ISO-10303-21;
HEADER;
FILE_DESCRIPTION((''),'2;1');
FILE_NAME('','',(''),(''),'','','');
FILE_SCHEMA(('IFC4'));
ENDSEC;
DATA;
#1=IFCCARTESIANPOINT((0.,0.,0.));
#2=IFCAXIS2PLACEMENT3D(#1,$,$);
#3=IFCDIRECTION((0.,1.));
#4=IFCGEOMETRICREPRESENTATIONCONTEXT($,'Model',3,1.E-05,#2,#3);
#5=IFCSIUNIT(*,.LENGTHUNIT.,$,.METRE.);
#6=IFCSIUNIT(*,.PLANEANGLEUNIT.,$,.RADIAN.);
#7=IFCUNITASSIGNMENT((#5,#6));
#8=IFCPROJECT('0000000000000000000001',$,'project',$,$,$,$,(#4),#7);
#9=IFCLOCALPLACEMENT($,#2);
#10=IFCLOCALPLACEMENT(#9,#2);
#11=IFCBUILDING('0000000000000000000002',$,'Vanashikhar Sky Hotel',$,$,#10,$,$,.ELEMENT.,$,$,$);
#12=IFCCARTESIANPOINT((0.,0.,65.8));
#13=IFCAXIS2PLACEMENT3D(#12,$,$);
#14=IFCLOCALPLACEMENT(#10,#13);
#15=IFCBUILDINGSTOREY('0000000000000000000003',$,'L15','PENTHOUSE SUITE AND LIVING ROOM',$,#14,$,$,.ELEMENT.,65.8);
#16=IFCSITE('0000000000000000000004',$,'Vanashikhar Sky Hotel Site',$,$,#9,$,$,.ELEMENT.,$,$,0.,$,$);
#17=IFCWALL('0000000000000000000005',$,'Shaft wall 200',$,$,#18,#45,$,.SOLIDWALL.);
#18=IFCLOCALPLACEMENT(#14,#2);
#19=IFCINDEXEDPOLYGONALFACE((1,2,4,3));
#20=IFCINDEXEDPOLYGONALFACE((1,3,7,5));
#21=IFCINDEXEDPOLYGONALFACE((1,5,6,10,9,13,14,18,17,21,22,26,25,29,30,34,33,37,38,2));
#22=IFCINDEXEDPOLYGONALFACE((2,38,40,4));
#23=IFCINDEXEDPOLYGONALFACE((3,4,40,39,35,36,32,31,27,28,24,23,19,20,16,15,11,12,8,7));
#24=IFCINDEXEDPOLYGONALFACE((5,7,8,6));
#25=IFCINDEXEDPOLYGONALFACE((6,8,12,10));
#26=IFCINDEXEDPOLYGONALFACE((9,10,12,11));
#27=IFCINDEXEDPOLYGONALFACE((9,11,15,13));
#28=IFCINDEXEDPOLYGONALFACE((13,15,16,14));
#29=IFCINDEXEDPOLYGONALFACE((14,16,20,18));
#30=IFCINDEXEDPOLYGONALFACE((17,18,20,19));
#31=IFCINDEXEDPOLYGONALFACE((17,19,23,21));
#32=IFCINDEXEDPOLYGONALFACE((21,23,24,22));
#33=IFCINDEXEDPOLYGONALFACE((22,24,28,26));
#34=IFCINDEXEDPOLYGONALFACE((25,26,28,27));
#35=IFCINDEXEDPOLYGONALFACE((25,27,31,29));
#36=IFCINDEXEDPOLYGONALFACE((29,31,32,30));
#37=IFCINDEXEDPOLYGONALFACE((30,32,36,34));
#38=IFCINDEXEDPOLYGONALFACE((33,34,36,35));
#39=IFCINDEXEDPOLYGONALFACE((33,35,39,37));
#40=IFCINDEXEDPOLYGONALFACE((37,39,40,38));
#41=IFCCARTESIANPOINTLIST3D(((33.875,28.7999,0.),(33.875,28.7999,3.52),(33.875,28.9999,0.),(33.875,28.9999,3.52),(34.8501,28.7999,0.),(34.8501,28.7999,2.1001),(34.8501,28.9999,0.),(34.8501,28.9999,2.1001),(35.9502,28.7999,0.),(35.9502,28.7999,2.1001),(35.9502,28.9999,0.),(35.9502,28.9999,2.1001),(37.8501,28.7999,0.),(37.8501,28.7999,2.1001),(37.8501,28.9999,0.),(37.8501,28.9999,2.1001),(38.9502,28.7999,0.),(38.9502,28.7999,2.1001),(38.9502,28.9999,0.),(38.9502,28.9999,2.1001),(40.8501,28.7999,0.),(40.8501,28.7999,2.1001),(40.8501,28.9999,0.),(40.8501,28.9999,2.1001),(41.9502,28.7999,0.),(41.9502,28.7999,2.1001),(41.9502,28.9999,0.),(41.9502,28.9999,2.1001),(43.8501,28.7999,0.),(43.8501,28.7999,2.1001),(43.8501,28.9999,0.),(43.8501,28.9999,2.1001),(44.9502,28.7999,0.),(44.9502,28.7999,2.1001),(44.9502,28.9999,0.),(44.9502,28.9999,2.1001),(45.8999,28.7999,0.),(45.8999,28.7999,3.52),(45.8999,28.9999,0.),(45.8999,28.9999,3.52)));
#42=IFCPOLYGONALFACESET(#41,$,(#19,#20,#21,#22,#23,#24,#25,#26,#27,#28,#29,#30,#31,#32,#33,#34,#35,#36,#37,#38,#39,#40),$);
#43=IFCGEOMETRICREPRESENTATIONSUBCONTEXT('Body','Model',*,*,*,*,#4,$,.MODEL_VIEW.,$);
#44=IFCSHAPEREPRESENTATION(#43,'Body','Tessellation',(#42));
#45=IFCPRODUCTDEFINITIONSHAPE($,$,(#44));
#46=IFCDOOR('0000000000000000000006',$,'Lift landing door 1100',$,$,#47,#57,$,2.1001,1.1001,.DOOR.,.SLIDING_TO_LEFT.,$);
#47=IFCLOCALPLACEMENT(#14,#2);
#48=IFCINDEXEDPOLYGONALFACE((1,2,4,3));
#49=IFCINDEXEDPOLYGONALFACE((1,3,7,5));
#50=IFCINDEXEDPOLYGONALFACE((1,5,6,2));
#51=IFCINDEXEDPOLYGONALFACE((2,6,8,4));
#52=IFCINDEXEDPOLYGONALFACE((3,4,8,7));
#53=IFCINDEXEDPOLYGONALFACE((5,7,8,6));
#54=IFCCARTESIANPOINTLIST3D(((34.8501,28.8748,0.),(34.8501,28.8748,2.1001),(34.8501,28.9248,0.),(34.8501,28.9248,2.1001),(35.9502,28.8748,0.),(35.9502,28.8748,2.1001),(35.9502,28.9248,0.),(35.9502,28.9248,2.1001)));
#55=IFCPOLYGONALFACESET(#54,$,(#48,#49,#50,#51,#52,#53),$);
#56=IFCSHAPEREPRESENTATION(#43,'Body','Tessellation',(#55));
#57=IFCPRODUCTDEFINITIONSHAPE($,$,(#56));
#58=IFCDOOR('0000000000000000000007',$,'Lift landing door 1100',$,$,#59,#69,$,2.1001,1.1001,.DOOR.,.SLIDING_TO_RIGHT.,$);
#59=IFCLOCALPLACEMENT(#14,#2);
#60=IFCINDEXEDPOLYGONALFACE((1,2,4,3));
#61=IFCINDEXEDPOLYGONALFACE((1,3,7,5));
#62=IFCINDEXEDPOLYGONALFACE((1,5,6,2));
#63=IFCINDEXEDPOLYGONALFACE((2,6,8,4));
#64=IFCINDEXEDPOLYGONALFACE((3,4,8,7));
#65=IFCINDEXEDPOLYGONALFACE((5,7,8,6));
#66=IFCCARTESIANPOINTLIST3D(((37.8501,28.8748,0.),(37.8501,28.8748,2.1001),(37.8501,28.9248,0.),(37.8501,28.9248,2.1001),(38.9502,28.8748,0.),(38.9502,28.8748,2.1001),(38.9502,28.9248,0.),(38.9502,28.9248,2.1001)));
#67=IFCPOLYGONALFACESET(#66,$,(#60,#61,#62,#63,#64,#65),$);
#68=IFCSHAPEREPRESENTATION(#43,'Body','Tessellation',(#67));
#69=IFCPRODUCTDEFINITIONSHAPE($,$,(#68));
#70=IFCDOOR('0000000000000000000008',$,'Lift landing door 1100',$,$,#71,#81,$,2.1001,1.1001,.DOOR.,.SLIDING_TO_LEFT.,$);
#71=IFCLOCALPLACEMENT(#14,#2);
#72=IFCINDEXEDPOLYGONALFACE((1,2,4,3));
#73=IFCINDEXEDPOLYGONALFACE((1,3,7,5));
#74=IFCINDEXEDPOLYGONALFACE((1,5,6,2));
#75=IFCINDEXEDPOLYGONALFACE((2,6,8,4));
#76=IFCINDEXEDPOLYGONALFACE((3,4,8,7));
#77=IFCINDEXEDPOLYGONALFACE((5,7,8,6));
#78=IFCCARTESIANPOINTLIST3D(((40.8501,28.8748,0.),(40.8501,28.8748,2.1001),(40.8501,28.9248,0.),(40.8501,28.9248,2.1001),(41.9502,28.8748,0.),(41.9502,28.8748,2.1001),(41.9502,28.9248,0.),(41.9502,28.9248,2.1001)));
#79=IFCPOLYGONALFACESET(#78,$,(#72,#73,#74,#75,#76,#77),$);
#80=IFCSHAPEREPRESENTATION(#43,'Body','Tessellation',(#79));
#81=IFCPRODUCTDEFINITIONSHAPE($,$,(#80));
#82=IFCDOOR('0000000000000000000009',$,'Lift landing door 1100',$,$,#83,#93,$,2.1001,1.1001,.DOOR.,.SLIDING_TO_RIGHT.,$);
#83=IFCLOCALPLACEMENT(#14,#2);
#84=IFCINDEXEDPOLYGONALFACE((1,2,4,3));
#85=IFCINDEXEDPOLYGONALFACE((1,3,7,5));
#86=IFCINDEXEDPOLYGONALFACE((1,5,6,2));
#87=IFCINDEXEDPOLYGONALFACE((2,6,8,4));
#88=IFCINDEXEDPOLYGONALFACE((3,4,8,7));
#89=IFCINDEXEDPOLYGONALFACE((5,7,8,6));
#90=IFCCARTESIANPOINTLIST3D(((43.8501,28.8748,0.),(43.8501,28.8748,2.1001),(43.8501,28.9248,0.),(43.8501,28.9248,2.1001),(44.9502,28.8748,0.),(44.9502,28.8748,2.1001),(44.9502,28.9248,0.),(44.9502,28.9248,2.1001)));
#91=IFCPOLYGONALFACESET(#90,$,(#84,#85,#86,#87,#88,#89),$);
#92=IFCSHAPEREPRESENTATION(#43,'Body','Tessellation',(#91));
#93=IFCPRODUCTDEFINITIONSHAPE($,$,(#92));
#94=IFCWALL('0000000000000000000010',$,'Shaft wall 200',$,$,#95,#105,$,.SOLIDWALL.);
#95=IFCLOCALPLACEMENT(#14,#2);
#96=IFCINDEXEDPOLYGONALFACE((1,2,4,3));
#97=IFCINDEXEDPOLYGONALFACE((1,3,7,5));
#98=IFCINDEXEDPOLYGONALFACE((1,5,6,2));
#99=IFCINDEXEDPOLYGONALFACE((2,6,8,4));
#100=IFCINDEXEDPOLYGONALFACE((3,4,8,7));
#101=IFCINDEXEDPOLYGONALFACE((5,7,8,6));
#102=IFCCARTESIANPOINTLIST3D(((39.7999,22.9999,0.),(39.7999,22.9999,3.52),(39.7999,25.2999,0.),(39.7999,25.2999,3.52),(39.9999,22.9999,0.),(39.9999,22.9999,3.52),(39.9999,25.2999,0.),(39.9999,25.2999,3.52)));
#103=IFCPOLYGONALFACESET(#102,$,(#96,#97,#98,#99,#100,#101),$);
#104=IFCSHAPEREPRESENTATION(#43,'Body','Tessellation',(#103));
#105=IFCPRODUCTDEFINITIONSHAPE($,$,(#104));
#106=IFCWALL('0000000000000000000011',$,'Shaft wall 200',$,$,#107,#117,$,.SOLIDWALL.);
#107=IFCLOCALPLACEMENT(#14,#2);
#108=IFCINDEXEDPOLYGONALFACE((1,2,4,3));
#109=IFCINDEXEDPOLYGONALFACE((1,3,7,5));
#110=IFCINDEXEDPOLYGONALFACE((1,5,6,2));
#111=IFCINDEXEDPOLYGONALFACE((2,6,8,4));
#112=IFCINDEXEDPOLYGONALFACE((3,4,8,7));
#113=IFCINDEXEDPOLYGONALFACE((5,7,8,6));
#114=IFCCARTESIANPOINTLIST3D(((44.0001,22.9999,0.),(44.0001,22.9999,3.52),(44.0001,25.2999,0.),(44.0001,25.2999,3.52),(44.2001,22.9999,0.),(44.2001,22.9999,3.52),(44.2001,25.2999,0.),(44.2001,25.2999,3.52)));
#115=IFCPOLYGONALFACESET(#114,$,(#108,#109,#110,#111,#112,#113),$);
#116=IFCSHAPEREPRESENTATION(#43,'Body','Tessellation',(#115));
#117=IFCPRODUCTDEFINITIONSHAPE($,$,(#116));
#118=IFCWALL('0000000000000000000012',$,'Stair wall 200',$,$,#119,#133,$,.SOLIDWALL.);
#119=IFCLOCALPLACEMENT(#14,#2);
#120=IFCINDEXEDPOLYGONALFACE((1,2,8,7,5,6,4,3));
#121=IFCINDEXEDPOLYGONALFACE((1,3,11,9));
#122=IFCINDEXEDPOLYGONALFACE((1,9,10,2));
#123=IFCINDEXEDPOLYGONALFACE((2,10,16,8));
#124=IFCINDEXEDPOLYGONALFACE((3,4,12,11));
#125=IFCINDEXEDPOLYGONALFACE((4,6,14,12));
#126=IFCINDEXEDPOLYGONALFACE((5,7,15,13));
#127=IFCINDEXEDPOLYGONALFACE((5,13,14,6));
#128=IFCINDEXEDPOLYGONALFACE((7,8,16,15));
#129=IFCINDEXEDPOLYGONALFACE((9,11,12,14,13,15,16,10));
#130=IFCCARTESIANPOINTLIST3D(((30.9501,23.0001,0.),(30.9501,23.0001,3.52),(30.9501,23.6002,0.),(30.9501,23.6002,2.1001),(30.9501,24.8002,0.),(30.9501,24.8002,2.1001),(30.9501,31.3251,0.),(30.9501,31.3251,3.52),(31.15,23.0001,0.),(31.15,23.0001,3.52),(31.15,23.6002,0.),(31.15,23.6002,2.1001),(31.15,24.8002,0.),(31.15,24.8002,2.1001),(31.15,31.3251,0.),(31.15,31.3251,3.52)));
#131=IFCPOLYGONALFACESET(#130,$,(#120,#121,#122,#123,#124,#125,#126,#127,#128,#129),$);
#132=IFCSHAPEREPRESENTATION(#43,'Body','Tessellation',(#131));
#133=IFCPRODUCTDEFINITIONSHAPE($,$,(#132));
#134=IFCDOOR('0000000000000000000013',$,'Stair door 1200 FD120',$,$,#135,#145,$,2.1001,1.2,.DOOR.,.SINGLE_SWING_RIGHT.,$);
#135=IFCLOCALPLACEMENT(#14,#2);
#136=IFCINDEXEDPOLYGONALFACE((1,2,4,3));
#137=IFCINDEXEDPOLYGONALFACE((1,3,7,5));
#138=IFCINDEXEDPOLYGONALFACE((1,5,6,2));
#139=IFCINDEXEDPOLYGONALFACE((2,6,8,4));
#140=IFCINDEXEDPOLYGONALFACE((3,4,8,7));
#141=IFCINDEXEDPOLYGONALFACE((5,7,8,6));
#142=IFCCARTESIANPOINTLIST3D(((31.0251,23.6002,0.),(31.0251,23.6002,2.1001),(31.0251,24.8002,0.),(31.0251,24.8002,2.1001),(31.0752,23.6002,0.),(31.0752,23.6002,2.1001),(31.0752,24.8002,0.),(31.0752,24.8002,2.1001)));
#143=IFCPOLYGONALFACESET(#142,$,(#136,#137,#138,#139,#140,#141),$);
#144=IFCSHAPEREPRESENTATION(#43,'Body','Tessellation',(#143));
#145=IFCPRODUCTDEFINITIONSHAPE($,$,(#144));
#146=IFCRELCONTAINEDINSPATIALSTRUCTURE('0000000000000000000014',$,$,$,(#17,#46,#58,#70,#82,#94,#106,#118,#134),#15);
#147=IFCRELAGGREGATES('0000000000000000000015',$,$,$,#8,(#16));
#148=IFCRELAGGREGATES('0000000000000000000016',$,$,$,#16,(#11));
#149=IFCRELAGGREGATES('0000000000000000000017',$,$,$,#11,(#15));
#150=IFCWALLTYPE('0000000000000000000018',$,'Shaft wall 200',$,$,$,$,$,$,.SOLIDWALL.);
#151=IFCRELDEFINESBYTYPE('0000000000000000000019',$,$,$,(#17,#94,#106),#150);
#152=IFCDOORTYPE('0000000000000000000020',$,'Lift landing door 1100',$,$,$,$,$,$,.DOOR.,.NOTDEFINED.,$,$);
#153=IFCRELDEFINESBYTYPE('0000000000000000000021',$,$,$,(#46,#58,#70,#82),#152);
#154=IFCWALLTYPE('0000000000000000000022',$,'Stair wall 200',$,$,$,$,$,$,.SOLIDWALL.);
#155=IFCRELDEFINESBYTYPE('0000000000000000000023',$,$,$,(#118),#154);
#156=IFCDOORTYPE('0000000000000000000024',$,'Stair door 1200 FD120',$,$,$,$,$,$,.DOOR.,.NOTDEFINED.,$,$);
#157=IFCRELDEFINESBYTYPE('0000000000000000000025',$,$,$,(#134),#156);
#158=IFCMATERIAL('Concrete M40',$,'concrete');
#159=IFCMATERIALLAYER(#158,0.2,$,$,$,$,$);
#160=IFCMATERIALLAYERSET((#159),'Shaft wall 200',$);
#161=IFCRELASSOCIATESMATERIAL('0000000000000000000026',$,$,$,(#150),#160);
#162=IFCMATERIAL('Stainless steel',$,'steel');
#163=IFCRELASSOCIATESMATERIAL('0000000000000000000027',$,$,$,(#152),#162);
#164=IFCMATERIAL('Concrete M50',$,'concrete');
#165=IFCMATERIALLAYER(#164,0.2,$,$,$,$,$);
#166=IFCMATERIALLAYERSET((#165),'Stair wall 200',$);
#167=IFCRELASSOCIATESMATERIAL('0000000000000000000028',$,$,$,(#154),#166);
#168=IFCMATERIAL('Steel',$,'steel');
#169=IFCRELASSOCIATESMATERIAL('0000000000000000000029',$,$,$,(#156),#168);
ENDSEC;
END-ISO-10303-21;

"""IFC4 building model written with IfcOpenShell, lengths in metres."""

from ifc_helpers import new_model, si_unit, direction, frame, frame_2d, origin, place, context, subcontext, project, spatial, rectangle, extrude, source, transform, mapped, material, layer, layer_set, type_object, element, fill, save


model = new_model("IFC4")

# Units and contexts
model_context = context("Model", 3, precision=1e-05, world=origin(), true_north=direction((0.0, 1.0)))
body_context = subcontext(model_context, "Body", "Model", "MODEL_VIEW")
ifc_project = project(units=[si_unit("LENGTHUNIT", "METRE"), si_unit("PLANEANGLEUNIT", "RADIAN")], contexts=[model_context])

# Site, building, storey
site_placement = place(None, origin())
site = spatial("IfcSite", under=ifc_project, at=site_placement, Name="Vanashikhar Sky Hotel Site", CompositionType="ELEMENT", RefElevation=0.0)
building_placement = place(site_placement, origin())
building = spatial("IfcBuilding", under=site, at=building_placement, Name="Vanashikhar Sky Hotel", CompositionType="ELEMENT")
storey_placement = place(building_placement, frame((0.0, 0.0, 65.8)))
storey = spatial("IfcBuildingStorey", under=building, at=storey_placement, Name="L15", Description="PENTHOUSE SUITE AND LIVING ROOM", CompositionType="ELEMENT", Elevation=65.8)

# Shared definitions
ifc_material_1 = material(Name="Steel", Category="steel")
shared_shape_1 = source(origin(), body_context, "Body", "SweptSolid", [
    extrude(rectangle(XDim=1.1001, YDim=2.1001, at=frame_2d((0.55, 1.05))), frame((0.0, 0.0249, 0.0), z_axis=(0.0, -1.0, 0.0), x_axis=(1.0, 0.0, 0.0)), (0.0, 0.0, 1.0), 0.05),
])

# Wall, openings, doors
ifc_material_2 = material(Name="Concrete M40", Category="concrete")
ifc_layer_1 = layer(ifc_material_2, 0.2)
ifc_layer_set_1 = layer_set([ifc_layer_1], Name="Shaft wall 200")
wall_type_1 = type_object("IfcWallType", Name="Shaft wall 200", PredefinedType="SOLIDWALL", material=ifc_layer_set_1)
shared_shape_2 = source(origin(), body_context, "Body", "SweptSolid", [
    extrude(rectangle(XDim=1.1001, YDim=2.1001, at=frame_2d((0.55, 1.05))), frame((0.0, 0.1099, 0.0), z_axis=(0.0, -1.0, 0.0), x_axis=(1.0, 0.0, 0.0)), (0.0, 0.0, 1.0), 0.22),
])
ifc_material_3 = material(Name="Stainless steel", Category="steel")
door_type_1 = type_object("IfcDoorType", Name="Lift landing door 1100", OperationType="NOTDEFINED", PredefinedType="DOOR", material=ifc_material_3)
shared_shape_3 = source(origin(), body_context, "Body", "SweptSolid", [
    extrude(rectangle(XDim=12.0249, YDim=0.2, at=frame_2d((6.0125, 0.0))), origin(), (0.0, 0.0, 1.0), 3.52),
])
wall_1_placement = place(storey_placement, frame((33.875, 28.8999, 0.0), z_axis=(0.0, 0.0, 1.0), x_axis=(1.0, 0.0, 0.0)))
wall_1 = element("IfcWall", 1, at=wall_1_placement, inside=storey, type_object=wall_type_1, Name="Shaft wall 200", PredefinedType="SOLIDWALL", context=body_context, shape_type="MappedRepresentation", body=[
    mapped(shared_shape_3, transform((0.0, 0.0, 0.0), scale=1.0)),
])
opening_1_placement = place(wall_1_placement, frame((0.9751, 0.0, 0.0)))
opening_1 = element("IfcOpeningElement", 2, at=opening_1_placement, cuts=wall_1, PredefinedType="OPENING", context=body_context, shape_type="MappedRepresentation", body=[
    mapped(shared_shape_2, transform((0.0, 0.0, 0.0), scale=1.0)),
])
opening_2_placement = place(wall_1_placement, frame((3.9751, 0.0, 0.0)))
opening_2 = element("IfcOpeningElement", 3, at=opening_2_placement, cuts=wall_1, PredefinedType="OPENING", context=body_context, shape_type="MappedRepresentation", body=[
    mapped(shared_shape_2, transform((0.0, 0.0, 0.0), scale=1.0)),
])
opening_3_placement = place(wall_1_placement, frame((6.9751, 0.0, 0.0)))
opening_3 = element("IfcOpeningElement", 4, at=opening_3_placement, cuts=wall_1, PredefinedType="OPENING", context=body_context, shape_type="MappedRepresentation", body=[
    mapped(shared_shape_2, transform((0.0, 0.0, 0.0), scale=1.0)),
])
opening_4_placement = place(wall_1_placement, frame((9.9751, 0.0, 0.0)))
opening_4 = element("IfcOpeningElement", 5, at=opening_4_placement, cuts=wall_1, PredefinedType="OPENING", context=body_context, shape_type="MappedRepresentation", body=[
    mapped(shared_shape_2, transform((0.0, 0.0, 0.0), scale=1.0)),
])
door_1_placement = place(opening_1_placement, origin())
door_1 = element("IfcDoor", 6, at=door_1_placement, inside=storey, type_object=door_type_1, Name="Lift landing door 1100", OperationType="SLIDING_TO_LEFT", OverallHeight=2.1001, OverallWidth=1.1001, PredefinedType="DOOR", context=body_context, shape_type="MappedRepresentation", body=[
    mapped(shared_shape_1, transform((0.0, 0.0, 0.0), scale=1.0)),
])
fill(opening_1, door_1)
door_2_placement = place(opening_2_placement, origin())
door_2 = element("IfcDoor", 7, at=door_2_placement, inside=storey, type_object=door_type_1, Name="Lift landing door 1100", OperationType="SLIDING_TO_RIGHT", OverallHeight=2.1001, OverallWidth=1.1001, PredefinedType="DOOR", context=body_context, shape_type="MappedRepresentation", body=[
    mapped(shared_shape_1, transform((0.0, 0.0, 0.0), scale=1.0)),
])
fill(opening_2, door_2)
door_3_placement = place(opening_3_placement, origin())
door_3 = element("IfcDoor", 8, at=door_3_placement, inside=storey, type_object=door_type_1, Name="Lift landing door 1100", OperationType="SLIDING_TO_LEFT", OverallHeight=2.1001, OverallWidth=1.1001, PredefinedType="DOOR", context=body_context, shape_type="MappedRepresentation", body=[
    mapped(shared_shape_1, transform((0.0, 0.0, 0.0), scale=1.0)),
])
fill(opening_3, door_3)
door_4_placement = place(opening_4_placement, origin())
door_4 = element("IfcDoor", 9, at=door_4_placement, inside=storey, type_object=door_type_1, Name="Lift landing door 1100", OperationType="SLIDING_TO_RIGHT", OverallHeight=2.1001, OverallWidth=1.1001, PredefinedType="DOOR", context=body_context, shape_type="MappedRepresentation", body=[
    mapped(shared_shape_1, transform((0.0, 0.0, 0.0), scale=1.0)),
])
fill(opening_4, door_4)

# Walls
shared_shape_4 = source(origin(), body_context, "Body", "SweptSolid", [
    extrude(rectangle(XDim=2.3, YDim=0.2, at=frame_2d((1.1499, 0.0))), origin(), (0.0, 0.0, 1.0), 3.52),
])
for number, where, z_axis, x_axis, name in (
    (10, (39.8999, 23.0, 0.0), (0.0, 0.0, 1.0), (0.0, 1.0, 0.0), "Shaft wall 200"),
    (11, (44.1001, 23.0, 0.0), (0.0, 0.0, 1.0), (0.0, 1.0, 0.0), "Shaft wall 200"),
):
    element("IfcWall", number, at=place(storey_placement, frame(where, z_axis=z_axis, x_axis=x_axis)), inside=storey, type_object=wall_type_1, Name=name, PredefinedType="SOLIDWALL", context=body_context, shape_type="MappedRepresentation", body=[
        mapped(shared_shape_4, transform((0.0, 0.0, 0.0), scale=1.0)),
    ])

# Wall, opening, door
ifc_material_4 = material(Name="Concrete M50", Category="concrete")
ifc_layer_2 = layer(ifc_material_4, 0.2)
ifc_layer_set_2 = layer_set([ifc_layer_2], Name="Stair wall 200")
wall_type_2 = type_object("IfcWallType", Name="Stair wall 200", PredefinedType="SOLIDWALL", material=ifc_layer_set_2)
shared_shape_5 = source(origin(), body_context, "Body", "SweptSolid", [
    extrude(rectangle(XDim=8.325, YDim=0.2, at=frame_2d((4.1626, 0.0))), origin(), (0.0, 0.0, 1.0), 3.52),
])
wall_2_placement = place(storey_placement, frame((31.05, 23.0, 0.0), z_axis=(0.0, 0.0, 1.0), x_axis=(0.0, 1.0, 0.0)))
wall_2 = element("IfcWall", 12, at=wall_2_placement, inside=storey, type_object=wall_type_2, Name="Stair wall 200", PredefinedType="SOLIDWALL", context=body_context, shape_type="MappedRepresentation", body=[
    mapped(shared_shape_5, transform((0.0, 0.0, 0.0), scale=1.0)),
])
shared_shape_6 = source(origin(), body_context, "Body", "SweptSolid", [
    extrude(rectangle(XDim=1.2, YDim=2.1001, at=frame_2d((0.6001, 1.05))), frame((0.0, 0.1099, 0.0), z_axis=(0.0, -1.0, 0.0), x_axis=(1.0, 0.0, 0.0)), (0.0, 0.0, 1.0), 0.22),
])
opening_5_placement = place(wall_2_placement, frame((0.6001, 0.0, 0.0)))
opening_5 = element("IfcOpeningElement", 13, at=opening_5_placement, cuts=wall_2, PredefinedType="OPENING", context=body_context, shape_type="MappedRepresentation", body=[
    mapped(shared_shape_6, transform((0.0, 0.0, 0.0), scale=1.0)),
])
door_type_2 = type_object("IfcDoorType", Name="Stair door 1200 FD120", OperationType="NOTDEFINED", PredefinedType="DOOR", material=ifc_material_1)
shared_shape_7 = source(origin(), body_context, "Body", "SweptSolid", [
    extrude(rectangle(XDim=1.2, YDim=2.1001, at=frame_2d((0.6001, 1.05))), frame((0.0, 0.0249, 0.0), z_axis=(0.0, -1.0, 0.0), x_axis=(1.0, 0.0, 0.0)), (0.0, 0.0, 1.0), 0.05),
])
door_5_placement = place(opening_5_placement, origin())
door_5 = element("IfcDoor", 14, at=door_5_placement, inside=storey, type_object=door_type_2, Name="Stair door 1200 FD120", OperationType="SINGLE_SWING_RIGHT", OverallHeight=2.1001, OverallWidth=1.2, PredefinedType="DOOR", context=body_context, shape_type="MappedRepresentation", body=[
    mapped(shared_shape_7, transform((0.0, 0.0, 0.0), scale=1.0)),
])
fill(opening_5, door_5)

save(model, "model.ifc")
